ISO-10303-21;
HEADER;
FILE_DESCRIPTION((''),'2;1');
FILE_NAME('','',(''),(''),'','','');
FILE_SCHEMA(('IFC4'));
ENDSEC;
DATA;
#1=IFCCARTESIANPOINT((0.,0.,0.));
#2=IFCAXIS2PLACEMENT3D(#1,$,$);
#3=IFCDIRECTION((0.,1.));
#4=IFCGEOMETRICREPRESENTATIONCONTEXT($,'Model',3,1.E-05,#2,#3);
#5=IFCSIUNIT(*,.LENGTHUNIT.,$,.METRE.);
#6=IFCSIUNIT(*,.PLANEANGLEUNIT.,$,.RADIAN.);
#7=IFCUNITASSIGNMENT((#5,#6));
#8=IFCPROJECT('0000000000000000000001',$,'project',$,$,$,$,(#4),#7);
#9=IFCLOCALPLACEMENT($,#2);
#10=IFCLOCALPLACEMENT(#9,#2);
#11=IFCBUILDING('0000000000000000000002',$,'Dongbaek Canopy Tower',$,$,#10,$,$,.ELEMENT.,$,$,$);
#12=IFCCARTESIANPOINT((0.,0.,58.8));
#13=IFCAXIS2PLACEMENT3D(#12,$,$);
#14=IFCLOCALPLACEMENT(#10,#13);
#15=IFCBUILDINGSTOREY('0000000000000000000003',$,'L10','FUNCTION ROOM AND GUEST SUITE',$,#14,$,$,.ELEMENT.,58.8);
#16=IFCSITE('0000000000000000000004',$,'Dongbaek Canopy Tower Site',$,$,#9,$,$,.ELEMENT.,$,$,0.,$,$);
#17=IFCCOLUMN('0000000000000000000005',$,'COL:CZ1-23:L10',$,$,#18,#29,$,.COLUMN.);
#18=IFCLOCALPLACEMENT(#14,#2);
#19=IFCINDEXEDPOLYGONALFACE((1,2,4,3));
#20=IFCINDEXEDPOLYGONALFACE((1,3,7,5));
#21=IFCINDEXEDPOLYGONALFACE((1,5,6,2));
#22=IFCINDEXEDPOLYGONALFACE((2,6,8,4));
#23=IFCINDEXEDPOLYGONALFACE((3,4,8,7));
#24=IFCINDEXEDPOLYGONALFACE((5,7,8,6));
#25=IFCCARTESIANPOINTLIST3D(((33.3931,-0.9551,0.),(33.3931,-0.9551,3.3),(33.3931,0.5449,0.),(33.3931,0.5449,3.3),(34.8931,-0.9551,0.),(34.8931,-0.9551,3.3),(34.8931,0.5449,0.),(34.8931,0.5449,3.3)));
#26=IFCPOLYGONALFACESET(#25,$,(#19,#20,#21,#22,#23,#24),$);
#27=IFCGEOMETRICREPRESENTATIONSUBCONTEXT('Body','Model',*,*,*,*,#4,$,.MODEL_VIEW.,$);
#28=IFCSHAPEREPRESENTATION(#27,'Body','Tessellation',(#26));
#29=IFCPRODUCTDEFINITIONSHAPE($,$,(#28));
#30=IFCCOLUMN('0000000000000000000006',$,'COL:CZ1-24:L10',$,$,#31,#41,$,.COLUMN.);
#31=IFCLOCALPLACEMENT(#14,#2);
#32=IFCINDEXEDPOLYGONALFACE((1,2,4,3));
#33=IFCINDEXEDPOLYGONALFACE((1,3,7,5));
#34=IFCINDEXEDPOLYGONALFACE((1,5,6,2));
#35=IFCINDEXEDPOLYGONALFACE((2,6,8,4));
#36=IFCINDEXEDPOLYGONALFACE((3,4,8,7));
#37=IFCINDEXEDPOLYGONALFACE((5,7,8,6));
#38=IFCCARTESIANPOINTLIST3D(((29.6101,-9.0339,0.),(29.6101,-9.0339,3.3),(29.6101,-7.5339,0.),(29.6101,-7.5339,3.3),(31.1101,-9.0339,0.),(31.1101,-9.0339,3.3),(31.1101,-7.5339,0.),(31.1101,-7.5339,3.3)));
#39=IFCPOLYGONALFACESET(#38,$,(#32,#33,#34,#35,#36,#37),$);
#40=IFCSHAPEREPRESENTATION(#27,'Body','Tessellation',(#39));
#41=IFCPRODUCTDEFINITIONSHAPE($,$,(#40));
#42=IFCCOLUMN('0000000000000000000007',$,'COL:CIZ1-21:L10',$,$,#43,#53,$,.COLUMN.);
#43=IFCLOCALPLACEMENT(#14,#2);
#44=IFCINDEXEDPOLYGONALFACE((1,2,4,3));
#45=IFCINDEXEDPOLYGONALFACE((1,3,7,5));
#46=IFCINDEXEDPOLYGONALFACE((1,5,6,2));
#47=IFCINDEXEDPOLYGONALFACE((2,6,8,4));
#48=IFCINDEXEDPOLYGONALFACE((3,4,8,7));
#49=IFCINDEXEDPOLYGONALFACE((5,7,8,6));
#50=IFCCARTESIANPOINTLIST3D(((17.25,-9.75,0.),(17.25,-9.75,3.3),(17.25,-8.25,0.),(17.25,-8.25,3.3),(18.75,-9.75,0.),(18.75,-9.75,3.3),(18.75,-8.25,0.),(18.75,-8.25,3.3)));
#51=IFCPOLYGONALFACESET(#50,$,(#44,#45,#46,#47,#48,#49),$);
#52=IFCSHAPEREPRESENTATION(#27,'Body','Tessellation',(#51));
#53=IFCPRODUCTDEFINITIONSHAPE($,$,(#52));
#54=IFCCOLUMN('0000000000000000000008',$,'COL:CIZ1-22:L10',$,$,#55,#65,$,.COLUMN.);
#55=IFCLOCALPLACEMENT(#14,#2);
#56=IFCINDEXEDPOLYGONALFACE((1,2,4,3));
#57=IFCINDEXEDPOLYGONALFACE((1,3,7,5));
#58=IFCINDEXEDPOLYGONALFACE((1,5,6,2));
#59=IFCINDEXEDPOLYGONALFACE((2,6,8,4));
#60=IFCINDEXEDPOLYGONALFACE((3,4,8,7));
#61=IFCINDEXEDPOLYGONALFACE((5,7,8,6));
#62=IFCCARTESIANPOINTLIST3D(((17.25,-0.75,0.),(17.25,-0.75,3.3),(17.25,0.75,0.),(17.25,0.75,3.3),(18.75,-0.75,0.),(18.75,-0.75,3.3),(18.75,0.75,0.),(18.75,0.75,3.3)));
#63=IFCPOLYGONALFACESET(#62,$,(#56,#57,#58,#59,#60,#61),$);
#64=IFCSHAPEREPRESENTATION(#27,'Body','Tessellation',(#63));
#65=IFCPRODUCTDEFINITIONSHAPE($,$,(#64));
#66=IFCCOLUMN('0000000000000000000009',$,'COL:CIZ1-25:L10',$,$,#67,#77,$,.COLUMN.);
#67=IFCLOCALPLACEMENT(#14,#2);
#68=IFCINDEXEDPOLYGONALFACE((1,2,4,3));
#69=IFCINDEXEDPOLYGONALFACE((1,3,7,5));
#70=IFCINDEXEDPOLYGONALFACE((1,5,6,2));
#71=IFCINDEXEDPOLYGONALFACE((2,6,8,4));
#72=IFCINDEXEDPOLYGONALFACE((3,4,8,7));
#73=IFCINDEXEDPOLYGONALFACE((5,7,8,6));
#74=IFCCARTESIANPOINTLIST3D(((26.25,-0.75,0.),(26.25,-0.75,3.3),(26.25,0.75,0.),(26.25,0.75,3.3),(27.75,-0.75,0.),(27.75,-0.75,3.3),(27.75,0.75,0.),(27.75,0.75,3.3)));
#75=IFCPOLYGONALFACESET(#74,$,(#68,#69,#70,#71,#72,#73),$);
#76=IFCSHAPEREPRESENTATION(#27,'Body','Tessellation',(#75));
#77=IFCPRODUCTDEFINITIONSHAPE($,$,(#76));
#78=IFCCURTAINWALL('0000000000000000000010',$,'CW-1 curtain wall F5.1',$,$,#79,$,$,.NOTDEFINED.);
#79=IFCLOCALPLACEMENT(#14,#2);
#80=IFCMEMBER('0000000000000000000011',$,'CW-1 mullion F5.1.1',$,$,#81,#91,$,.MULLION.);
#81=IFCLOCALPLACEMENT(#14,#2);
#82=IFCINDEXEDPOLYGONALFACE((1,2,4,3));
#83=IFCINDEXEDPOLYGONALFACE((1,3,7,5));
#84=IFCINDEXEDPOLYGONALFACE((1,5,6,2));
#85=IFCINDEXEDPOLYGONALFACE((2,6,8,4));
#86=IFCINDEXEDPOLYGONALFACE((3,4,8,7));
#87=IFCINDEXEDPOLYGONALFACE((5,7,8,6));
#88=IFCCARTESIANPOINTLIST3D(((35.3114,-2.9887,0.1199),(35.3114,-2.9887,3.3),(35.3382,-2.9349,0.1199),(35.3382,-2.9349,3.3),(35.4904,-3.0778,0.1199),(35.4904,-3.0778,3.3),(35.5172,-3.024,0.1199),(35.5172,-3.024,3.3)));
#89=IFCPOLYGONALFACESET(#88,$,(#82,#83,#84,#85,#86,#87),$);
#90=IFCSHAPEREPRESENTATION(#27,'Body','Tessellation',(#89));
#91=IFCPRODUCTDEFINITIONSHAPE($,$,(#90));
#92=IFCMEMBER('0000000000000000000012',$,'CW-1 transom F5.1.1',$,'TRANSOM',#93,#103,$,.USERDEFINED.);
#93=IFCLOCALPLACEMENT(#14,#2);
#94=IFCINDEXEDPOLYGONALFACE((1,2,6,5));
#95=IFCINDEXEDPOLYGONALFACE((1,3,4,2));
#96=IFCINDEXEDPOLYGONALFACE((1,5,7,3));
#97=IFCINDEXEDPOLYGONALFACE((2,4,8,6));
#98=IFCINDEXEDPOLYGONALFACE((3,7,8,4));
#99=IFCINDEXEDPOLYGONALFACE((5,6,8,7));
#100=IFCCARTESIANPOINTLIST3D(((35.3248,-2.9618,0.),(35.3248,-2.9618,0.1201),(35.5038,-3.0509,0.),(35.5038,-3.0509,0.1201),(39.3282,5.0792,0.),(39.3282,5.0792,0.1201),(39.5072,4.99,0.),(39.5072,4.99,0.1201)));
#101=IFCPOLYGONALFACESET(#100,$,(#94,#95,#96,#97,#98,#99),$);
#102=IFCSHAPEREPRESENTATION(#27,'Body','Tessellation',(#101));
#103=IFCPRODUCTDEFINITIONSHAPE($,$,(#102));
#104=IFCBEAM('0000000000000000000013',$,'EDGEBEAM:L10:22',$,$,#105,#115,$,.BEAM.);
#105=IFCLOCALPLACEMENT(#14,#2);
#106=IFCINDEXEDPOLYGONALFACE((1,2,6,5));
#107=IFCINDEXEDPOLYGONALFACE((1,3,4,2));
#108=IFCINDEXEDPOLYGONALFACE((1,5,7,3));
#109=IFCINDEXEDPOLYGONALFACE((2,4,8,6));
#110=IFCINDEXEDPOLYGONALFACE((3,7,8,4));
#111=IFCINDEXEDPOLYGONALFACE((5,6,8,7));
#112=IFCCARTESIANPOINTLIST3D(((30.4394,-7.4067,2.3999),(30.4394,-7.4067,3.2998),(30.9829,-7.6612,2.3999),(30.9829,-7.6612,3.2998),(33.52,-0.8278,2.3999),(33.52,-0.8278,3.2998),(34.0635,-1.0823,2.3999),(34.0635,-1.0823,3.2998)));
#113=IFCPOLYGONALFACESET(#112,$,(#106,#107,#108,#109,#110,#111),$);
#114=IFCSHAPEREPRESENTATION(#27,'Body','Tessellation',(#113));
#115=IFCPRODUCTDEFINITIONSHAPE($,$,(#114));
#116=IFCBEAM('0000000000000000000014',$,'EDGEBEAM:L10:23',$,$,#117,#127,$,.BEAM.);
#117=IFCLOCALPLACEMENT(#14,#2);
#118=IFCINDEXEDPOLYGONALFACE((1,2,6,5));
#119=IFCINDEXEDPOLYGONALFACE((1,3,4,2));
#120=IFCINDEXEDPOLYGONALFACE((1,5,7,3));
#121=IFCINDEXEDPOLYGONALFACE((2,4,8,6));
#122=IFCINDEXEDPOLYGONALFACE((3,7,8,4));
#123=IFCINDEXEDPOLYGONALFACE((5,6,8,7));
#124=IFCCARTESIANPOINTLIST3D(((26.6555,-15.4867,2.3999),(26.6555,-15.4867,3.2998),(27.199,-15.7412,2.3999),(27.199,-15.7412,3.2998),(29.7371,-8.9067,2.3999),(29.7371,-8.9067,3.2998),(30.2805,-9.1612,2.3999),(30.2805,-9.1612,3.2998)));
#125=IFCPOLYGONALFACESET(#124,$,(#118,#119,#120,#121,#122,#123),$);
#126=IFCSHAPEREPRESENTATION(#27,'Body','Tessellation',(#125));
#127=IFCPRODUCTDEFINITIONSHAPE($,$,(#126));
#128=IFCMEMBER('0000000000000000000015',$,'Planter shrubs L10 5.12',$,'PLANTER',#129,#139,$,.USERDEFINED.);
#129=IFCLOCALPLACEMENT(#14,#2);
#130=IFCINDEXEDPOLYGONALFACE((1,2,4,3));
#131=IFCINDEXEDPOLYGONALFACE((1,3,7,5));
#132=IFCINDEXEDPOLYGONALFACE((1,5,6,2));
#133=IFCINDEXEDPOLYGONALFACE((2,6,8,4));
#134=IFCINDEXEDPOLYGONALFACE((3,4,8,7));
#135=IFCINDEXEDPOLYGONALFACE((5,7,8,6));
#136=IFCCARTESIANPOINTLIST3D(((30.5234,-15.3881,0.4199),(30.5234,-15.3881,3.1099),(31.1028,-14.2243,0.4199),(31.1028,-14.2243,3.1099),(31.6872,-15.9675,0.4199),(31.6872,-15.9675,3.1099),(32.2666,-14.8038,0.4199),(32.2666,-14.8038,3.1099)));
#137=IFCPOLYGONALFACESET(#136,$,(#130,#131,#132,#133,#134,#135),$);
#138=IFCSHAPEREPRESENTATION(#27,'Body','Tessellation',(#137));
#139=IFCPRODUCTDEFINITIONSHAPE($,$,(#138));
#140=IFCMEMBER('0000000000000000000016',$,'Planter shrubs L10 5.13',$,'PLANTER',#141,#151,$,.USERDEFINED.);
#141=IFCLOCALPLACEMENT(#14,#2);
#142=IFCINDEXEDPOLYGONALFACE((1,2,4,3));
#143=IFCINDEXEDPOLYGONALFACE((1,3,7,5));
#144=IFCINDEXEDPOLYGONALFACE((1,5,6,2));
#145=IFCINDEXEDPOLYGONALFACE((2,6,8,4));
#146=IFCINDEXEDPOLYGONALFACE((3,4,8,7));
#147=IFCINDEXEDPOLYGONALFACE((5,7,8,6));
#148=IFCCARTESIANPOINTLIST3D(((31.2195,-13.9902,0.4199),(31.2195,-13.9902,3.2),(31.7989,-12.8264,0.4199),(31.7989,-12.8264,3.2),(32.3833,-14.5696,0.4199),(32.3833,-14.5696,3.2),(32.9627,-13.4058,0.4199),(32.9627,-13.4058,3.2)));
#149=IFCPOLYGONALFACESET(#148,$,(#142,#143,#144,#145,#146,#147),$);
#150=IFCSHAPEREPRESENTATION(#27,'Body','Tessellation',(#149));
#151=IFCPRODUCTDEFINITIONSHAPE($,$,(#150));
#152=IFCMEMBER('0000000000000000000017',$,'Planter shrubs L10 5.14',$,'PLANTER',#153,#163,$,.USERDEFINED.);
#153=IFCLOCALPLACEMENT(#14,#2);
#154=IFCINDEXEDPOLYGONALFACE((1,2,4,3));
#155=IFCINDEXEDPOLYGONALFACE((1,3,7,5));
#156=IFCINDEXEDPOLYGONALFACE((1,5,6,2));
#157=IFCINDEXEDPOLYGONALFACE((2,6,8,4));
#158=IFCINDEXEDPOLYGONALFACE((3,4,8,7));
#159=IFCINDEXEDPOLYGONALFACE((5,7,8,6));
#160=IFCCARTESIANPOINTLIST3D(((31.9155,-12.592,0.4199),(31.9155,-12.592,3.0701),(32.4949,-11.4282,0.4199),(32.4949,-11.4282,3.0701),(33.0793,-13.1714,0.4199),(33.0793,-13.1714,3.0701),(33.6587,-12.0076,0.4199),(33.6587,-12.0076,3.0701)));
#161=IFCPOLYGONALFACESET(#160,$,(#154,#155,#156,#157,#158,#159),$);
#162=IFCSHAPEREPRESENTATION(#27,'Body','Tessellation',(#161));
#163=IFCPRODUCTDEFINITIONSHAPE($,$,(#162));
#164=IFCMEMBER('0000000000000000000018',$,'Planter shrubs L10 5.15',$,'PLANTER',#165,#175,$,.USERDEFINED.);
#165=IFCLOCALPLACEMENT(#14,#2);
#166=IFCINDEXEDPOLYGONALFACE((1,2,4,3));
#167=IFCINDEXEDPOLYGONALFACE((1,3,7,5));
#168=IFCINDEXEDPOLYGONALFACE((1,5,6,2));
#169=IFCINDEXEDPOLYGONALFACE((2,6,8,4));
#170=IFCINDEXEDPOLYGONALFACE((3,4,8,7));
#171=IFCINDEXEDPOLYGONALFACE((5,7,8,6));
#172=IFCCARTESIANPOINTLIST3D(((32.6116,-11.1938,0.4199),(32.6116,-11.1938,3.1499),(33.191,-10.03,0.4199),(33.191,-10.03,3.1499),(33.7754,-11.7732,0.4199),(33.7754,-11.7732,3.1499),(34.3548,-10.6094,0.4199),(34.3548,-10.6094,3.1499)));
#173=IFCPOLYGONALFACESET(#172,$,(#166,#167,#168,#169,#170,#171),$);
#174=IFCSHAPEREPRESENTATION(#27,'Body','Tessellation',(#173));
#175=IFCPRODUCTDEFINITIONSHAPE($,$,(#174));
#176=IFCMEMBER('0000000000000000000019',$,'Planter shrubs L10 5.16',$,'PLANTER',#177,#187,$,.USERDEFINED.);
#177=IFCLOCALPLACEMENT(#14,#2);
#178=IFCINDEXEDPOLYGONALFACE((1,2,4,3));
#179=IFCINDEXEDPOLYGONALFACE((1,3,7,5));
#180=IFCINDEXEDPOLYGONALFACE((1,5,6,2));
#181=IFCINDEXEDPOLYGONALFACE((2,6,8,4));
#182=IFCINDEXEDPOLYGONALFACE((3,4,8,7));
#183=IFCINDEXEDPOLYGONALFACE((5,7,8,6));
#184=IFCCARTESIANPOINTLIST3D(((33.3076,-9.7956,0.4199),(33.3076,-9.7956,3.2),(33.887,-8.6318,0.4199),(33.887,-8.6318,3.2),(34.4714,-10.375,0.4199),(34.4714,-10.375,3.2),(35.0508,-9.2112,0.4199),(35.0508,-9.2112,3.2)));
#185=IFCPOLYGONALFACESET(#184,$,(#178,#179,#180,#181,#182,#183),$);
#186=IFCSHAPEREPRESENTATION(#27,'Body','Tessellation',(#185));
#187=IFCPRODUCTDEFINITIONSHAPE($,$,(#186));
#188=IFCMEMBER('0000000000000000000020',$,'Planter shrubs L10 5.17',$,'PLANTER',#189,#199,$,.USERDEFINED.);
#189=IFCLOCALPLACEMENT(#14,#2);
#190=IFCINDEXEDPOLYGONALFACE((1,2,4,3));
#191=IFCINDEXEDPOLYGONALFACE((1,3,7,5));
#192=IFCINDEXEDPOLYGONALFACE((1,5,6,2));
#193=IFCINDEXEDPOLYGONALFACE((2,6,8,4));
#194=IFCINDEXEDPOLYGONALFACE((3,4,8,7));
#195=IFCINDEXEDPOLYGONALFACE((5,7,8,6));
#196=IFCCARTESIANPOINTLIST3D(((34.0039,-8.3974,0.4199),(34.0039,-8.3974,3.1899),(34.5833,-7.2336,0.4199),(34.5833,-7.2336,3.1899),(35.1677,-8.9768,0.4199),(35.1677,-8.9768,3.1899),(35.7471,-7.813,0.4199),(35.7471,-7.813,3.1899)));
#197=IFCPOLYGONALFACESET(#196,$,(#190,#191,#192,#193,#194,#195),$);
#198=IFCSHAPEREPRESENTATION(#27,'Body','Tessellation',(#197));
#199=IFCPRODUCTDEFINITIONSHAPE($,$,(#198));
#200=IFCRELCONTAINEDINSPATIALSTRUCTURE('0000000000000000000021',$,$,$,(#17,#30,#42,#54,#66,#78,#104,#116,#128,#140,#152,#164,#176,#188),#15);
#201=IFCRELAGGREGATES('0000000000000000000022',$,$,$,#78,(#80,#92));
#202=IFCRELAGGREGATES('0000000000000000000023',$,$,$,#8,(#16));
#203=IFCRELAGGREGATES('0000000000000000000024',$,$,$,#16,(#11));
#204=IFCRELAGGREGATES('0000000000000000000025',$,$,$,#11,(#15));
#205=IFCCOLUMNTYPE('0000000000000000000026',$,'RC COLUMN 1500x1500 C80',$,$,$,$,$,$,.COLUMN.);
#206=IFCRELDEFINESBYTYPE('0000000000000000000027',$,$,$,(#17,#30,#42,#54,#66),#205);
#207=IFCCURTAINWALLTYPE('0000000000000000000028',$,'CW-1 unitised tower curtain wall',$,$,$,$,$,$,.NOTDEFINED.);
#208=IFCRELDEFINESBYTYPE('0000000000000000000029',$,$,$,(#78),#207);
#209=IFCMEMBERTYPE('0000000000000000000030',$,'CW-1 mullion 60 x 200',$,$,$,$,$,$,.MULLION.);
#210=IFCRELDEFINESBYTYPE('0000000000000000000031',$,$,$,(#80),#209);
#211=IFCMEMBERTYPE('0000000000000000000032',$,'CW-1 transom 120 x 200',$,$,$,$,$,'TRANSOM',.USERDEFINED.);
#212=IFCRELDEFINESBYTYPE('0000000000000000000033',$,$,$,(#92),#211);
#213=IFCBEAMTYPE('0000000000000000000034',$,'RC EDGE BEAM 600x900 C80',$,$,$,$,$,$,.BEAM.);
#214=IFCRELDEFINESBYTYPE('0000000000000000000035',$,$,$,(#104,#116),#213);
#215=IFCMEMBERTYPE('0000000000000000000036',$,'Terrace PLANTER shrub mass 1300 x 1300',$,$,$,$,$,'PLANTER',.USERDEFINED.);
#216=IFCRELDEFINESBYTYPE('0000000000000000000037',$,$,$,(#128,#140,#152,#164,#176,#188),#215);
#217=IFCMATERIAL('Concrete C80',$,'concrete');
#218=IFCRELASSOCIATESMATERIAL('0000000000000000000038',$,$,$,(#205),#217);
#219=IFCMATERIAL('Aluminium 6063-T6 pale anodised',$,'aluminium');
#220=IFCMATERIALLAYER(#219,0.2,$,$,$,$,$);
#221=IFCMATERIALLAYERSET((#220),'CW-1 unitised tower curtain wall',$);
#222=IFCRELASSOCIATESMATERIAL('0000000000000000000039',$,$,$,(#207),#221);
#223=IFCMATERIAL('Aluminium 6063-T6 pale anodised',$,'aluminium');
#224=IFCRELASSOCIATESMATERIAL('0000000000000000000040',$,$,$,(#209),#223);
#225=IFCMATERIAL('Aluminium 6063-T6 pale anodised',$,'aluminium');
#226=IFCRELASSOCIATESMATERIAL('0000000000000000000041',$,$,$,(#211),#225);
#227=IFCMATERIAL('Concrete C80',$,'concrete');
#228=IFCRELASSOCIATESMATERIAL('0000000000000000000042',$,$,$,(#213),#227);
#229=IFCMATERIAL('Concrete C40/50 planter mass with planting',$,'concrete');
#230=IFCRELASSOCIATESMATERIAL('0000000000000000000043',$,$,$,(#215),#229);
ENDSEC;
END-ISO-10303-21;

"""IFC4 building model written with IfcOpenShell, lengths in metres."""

from ifc_helpers import new_model, si_unit, direction, frame, origin, origin_2d, place, context, subcontext, project, spatial, rectangle, extrude, material, layer, layer_set, material_profile, profile_set, type_object, element, aggregate, save


model = new_model("IFC4")

# Units and contexts
model_context = context("Model", 3, precision=1e-05, world=origin(), true_north=direction((0.0, 1.0)))
body_context = subcontext(model_context, "Body", "Model", "MODEL_VIEW")
ifc_project = project(units=[si_unit("LENGTHUNIT", "METRE"), si_unit("PLANEANGLEUNIT", "RADIAN")], contexts=[model_context])

# Site, building, storey
site_placement = place(None, origin())
site = spatial("IfcSite", under=ifc_project, at=site_placement, Name="Dongbaek Canopy Tower Site", CompositionType="ELEMENT", RefElevation=0.0)
building_placement = place(site_placement, origin())
building = spatial("IfcBuilding", under=site, at=building_placement, Name="Dongbaek Canopy Tower", CompositionType="ELEMENT")
storey_placement = place(building_placement, frame((0.0, 0.0, 58.8)))
storey = spatial("IfcBuildingStorey", under=building, at=storey_placement, Name="L10", Description="FUNCTION ROOM AND GUEST SUITE", CompositionType="ELEMENT", Elevation=58.8)

# Columns
ifc_material_1 = material(Name="Concrete C80", Category="concrete")
ifc_material_profile_1 = material_profile(ifc_material_1, rectangle(XDim=1.5, YDim=1.5, at=origin_2d()), Name="RC COLUMN 1500x1500 C80")
ifc_profile_set_1 = profile_set([ifc_material_profile_1], Name="Concrete C80")
column_type = type_object("IfcColumnType", Name="RC COLUMN 1500x1500 C80", PredefinedType="COLUMN", material=ifc_profile_set_1)
for number, where, z_axis, x_axis, name in (
    (1, (34.1431, -0.2051, 0.0), (0.0, 0.0, 1.0), (1.0, 0.0, 0.0), "COL:CZ1-23:L10"),
    (2, (30.3601, -8.2839, 0.0), (0.0, 0.0, 1.0), (1.0, 0.0, 0.0), "COL:CZ1-24:L10"),
    (3, (18.0, -9.0, 0.0), (0.0, 0.0, 1.0), (1.0, 0.0, 0.0), "COL:CIZ1-21:L10"),
    (4, (18.0, 0.0, 0.0), (0.0, 0.0, 1.0), (1.0, 0.0, 0.0), "COL:CIZ1-22:L10"),
    (5, (27.0, 0.0, 0.0), (0.0, 0.0, 1.0), (1.0, 0.0, 0.0), "COL:CIZ1-25:L10"),
):
    element("IfcColumn", number, at=place(storey_placement, frame(where, z_axis=z_axis, x_axis=x_axis)), inside=storey, type_object=column_type, Name=name, PredefinedType="COLUMN", context=body_context, shape_type="SweptSolid", body=[
        extrude(rectangle(XDim=1.5, YDim=1.5, at=origin_2d()), origin(), (0.0, 0.0, 1.0), 3.3),
    ])

# Curtain wall, members
ifc_material_2 = material(Name="Aluminium 6063-T6 pale anodised", Category="aluminium")
ifc_layer_1 = layer(ifc_material_2, 0.2)
ifc_layer_set_1 = layer_set([ifc_layer_1], Name="CW-1 unitised tower curtain wall")
curtain_wall_type = type_object("IfcCurtainWallType", Name="CW-1 unitised tower curtain wall", PredefinedType="NOTDEFINED", material=ifc_layer_set_1)
curtain_wall_placement = place(storey_placement, origin())
curtain_wall = element("IfcCurtainWall", 6, at=curtain_wall_placement, inside=storey, type_object=curtain_wall_type, Name="CW-1 curtain wall F5.1", PredefinedType="NOTDEFINED")
ifc_material_3 = material(Name="Aluminium 6063-T6 pale anodised", Category="aluminium")
ifc_material_profile_2 = material_profile(ifc_material_3, rectangle(XDim=0.2, YDim=0.0601, at=origin_2d()), Name="CW-1 mullion 60 x 200")
ifc_profile_set_2 = profile_set([ifc_material_profile_2], Name="Aluminium 6063-T6 pale anodised")
member_type_1 = type_object("IfcMemberType", Name="CW-1 mullion 60 x 200", PredefinedType="MULLION", material=ifc_profile_set_2)
member_1_placement = place(storey_placement, frame((35.4143, -3.0063, 0.1199), z_axis=(0.0, 0.0, 1.0), x_axis=(0.895193, -0.445678, 0.0)))
member_1 = element("IfcMember", 7, at=member_1_placement, type_object=member_type_1, Name="CW-1 mullion F5.1.1", PredefinedType="MULLION", context=body_context, shape_type="SweptSolid", body=[
    extrude(rectangle(XDim=0.2, YDim=0.0601, at=origin_2d()), origin(), (0.0, 0.0, 1.0), 3.1802),
])
ifc_material_4 = material(Name="Aluminium 6063-T6 pale anodised", Category="aluminium")
ifc_material_profile_3 = material_profile(ifc_material_4, rectangle(XDim=0.2, YDim=0.1201, at=origin_2d()), Name="CW-1 transom 120 x 200")
ifc_profile_set_3 = profile_set([ifc_material_profile_3], Name="Aluminium 6063-T6 pale anodised")
member_type_2 = type_object("IfcMemberType", Name="CW-1 transom 120 x 200", ElementType="TRANSOM", PredefinedType="USERDEFINED", material=ifc_profile_set_3)
member_2_placement = place(storey_placement, frame((35.4143, -3.0063, 0.0601), z_axis=(0.445691, 0.895187, 0.0), x_axis=(-0.895187, 0.445691, 0.0)))
member_2 = element("IfcMember", 8, at=member_2_placement, type_object=member_type_2, Name="CW-1 transom F5.1.1", ObjectType="TRANSOM", PredefinedType="USERDEFINED", context=body_context, shape_type="SweptSolid", body=[
    extrude(rectangle(XDim=0.2, YDim=0.1201, at=origin_2d()), origin(), (0.0, 0.0, 1.0), 8.9824),
])

# Beams
ifc_material_5 = material(Name="Concrete C80", Category="concrete")
ifc_material_profile_4 = material_profile(ifc_material_5, rectangle(XDim=0.6001, YDim=0.8999, at=origin_2d()), Name="RC EDGE BEAM 600x900 C80")
ifc_profile_set_4 = profile_set([ifc_material_profile_4], Name="Concrete C80")
beam_type = type_object("IfcBeamType", Name="RC EDGE BEAM 600x900 C80", PredefinedType="BEAM", material=ifc_profile_set_4)
beam_1_placement = place(storey_placement, frame((33.7917, -0.9551, 2.8499), z_axis=(-0.424064, -0.905632, 0.0), x_axis=(0.905632, -0.424064, 0.0)))
element("IfcBeam", 9, at=beam_1_placement, inside=storey, type_object=beam_type, Name="EDGEBEAM:L10:22", PredefinedType="BEAM", context=body_context, shape_type="SweptSolid", body=[
    extrude(rectangle(XDim=0.6001, YDim=0.8999, at=origin_2d()), origin(), (0.0, 0.0, 1.0), 7.2644),
])
beam_2_placement = place(storey_placement, frame((30.0088, -9.0339, 2.8499), z_axis=(-0.42411, -0.905611, 0.0), x_axis=(0.905611, -0.42411, 0.0)))
element("IfcBeam", 10, at=beam_2_placement, inside=storey, type_object=beam_type, Name="EDGEBEAM:L10:23", PredefinedType="BEAM", context=body_context, shape_type="SweptSolid", body=[
    extrude(rectangle(XDim=0.6001, YDim=0.8999, at=origin_2d()), origin(), (0.0, 0.0, 1.0), 7.2659),
])

# Members
ifc_material_6 = material(Name="Concrete C40/50 planter mass with planting", Category="concrete")
ifc_material_profile_5 = material_profile(ifc_material_6, rectangle(XDim=1.3, YDim=1.3, at=origin_2d()), Name="Terrace PLANTER shrub mass 1300 x 1300")
ifc_profile_set_5 = profile_set([ifc_material_profile_5], Name="Concrete C40/50 planter mass with planting")
member_type_3 = type_object("IfcMemberType", Name="Terrace PLANTER shrub mass 1300 x 1300", ElementType="PLANTER", PredefinedType="USERDEFINED", material=ifc_profile_set_5)
member_3_placement = place(storey_placement, frame((31.395, -15.0959, 0.4199), z_axis=(0.0, 0.0, 1.0), x_axis=(0.895193, -0.445678, 0.0)))
element("IfcMember", 11, at=member_3_placement, inside=storey, type_object=member_type_3, Name="Planter shrubs L10 5.12", ObjectType="PLANTER", PredefinedType="USERDEFINED", context=body_context, shape_type="SweptSolid", body=[
    extrude(rectangle(XDim=1.3, YDim=1.3, at=origin_2d()), origin(), (0.0, 0.0, 1.0), 2.6899),
])
member_4_placement = place(storey_placement, frame((32.0911, -13.698, 0.4199), z_axis=(0.0, 0.0, 1.0), x_axis=(0.895193, -0.445678, 0.0)))
element("IfcMember", 12, at=member_4_placement, inside=storey, type_object=member_type_3, Name="Planter shrubs L10 5.13", ObjectType="PLANTER", PredefinedType="USERDEFINED", context=body_context, shape_type="SweptSolid", body=[
    extrude(rectangle(XDim=1.3, YDim=1.3, at=origin_2d()), origin(), (0.0, 0.0, 1.0), 2.78),
])
member_5_placement = place(storey_placement, frame((32.7871, -12.2998, 0.4199), z_axis=(0.0, 0.0, 1.0), x_axis=(0.895193, -0.445678, 0.0)))
element("IfcMember", 13, at=member_5_placement, inside=storey, type_object=member_type_3, Name="Planter shrubs L10 5.14", ObjectType="PLANTER", PredefinedType="USERDEFINED", context=body_context, shape_type="SweptSolid", body=[
    extrude(rectangle(XDim=1.3, YDim=1.3, at=origin_2d()), origin(), (0.0, 0.0, 1.0), 2.6501),
])
member_6_placement = place(storey_placement, frame((33.4832, -10.9016, 0.4199), z_axis=(0.0, 0.0, 1.0), x_axis=(0.895193, -0.445678, 0.0)))
element("IfcMember", 14, at=member_6_placement, inside=storey, type_object=member_type_3, Name="Planter shrubs L10 5.15", ObjectType="PLANTER", PredefinedType="USERDEFINED", context=body_context, shape_type="SweptSolid", body=[
    extrude(rectangle(XDim=1.3, YDim=1.3, at=origin_2d()), origin(), (0.0, 0.0, 1.0), 2.73),
])
member_7_placement = place(storey_placement, frame((34.1792, -9.5034, 0.4199), z_axis=(0.0, 0.0, 1.0), x_axis=(0.895193, -0.445678, 0.0)))
element("IfcMember", 15, at=member_7_placement, inside=storey, type_object=member_type_3, Name="Planter shrubs L10 5.16", ObjectType="PLANTER", PredefinedType="USERDEFINED", context=body_context, shape_type="SweptSolid", body=[
    extrude(rectangle(XDim=1.3, YDim=1.3, at=origin_2d()), origin(), (0.0, 0.0, 1.0), 2.78),
])
member_8_placement = place(storey_placement, frame((34.8755, -8.1052, 0.4199), z_axis=(0.0, 0.0, 1.0), x_axis=(0.895193, -0.445678, 0.0)))
element("IfcMember", 16, at=member_8_placement, inside=storey, type_object=member_type_3, Name="Planter shrubs L10 5.17", ObjectType="PLANTER", PredefinedType="USERDEFINED", context=body_context, shape_type="SweptSolid", body=[
    extrude(rectangle(XDim=1.3, YDim=1.3, at=origin_2d()), origin(), (0.0, 0.0, 1.0), 2.77),
])

aggregate(curtain_wall, [member_1, member_2])

save(model, "model.ifc")
